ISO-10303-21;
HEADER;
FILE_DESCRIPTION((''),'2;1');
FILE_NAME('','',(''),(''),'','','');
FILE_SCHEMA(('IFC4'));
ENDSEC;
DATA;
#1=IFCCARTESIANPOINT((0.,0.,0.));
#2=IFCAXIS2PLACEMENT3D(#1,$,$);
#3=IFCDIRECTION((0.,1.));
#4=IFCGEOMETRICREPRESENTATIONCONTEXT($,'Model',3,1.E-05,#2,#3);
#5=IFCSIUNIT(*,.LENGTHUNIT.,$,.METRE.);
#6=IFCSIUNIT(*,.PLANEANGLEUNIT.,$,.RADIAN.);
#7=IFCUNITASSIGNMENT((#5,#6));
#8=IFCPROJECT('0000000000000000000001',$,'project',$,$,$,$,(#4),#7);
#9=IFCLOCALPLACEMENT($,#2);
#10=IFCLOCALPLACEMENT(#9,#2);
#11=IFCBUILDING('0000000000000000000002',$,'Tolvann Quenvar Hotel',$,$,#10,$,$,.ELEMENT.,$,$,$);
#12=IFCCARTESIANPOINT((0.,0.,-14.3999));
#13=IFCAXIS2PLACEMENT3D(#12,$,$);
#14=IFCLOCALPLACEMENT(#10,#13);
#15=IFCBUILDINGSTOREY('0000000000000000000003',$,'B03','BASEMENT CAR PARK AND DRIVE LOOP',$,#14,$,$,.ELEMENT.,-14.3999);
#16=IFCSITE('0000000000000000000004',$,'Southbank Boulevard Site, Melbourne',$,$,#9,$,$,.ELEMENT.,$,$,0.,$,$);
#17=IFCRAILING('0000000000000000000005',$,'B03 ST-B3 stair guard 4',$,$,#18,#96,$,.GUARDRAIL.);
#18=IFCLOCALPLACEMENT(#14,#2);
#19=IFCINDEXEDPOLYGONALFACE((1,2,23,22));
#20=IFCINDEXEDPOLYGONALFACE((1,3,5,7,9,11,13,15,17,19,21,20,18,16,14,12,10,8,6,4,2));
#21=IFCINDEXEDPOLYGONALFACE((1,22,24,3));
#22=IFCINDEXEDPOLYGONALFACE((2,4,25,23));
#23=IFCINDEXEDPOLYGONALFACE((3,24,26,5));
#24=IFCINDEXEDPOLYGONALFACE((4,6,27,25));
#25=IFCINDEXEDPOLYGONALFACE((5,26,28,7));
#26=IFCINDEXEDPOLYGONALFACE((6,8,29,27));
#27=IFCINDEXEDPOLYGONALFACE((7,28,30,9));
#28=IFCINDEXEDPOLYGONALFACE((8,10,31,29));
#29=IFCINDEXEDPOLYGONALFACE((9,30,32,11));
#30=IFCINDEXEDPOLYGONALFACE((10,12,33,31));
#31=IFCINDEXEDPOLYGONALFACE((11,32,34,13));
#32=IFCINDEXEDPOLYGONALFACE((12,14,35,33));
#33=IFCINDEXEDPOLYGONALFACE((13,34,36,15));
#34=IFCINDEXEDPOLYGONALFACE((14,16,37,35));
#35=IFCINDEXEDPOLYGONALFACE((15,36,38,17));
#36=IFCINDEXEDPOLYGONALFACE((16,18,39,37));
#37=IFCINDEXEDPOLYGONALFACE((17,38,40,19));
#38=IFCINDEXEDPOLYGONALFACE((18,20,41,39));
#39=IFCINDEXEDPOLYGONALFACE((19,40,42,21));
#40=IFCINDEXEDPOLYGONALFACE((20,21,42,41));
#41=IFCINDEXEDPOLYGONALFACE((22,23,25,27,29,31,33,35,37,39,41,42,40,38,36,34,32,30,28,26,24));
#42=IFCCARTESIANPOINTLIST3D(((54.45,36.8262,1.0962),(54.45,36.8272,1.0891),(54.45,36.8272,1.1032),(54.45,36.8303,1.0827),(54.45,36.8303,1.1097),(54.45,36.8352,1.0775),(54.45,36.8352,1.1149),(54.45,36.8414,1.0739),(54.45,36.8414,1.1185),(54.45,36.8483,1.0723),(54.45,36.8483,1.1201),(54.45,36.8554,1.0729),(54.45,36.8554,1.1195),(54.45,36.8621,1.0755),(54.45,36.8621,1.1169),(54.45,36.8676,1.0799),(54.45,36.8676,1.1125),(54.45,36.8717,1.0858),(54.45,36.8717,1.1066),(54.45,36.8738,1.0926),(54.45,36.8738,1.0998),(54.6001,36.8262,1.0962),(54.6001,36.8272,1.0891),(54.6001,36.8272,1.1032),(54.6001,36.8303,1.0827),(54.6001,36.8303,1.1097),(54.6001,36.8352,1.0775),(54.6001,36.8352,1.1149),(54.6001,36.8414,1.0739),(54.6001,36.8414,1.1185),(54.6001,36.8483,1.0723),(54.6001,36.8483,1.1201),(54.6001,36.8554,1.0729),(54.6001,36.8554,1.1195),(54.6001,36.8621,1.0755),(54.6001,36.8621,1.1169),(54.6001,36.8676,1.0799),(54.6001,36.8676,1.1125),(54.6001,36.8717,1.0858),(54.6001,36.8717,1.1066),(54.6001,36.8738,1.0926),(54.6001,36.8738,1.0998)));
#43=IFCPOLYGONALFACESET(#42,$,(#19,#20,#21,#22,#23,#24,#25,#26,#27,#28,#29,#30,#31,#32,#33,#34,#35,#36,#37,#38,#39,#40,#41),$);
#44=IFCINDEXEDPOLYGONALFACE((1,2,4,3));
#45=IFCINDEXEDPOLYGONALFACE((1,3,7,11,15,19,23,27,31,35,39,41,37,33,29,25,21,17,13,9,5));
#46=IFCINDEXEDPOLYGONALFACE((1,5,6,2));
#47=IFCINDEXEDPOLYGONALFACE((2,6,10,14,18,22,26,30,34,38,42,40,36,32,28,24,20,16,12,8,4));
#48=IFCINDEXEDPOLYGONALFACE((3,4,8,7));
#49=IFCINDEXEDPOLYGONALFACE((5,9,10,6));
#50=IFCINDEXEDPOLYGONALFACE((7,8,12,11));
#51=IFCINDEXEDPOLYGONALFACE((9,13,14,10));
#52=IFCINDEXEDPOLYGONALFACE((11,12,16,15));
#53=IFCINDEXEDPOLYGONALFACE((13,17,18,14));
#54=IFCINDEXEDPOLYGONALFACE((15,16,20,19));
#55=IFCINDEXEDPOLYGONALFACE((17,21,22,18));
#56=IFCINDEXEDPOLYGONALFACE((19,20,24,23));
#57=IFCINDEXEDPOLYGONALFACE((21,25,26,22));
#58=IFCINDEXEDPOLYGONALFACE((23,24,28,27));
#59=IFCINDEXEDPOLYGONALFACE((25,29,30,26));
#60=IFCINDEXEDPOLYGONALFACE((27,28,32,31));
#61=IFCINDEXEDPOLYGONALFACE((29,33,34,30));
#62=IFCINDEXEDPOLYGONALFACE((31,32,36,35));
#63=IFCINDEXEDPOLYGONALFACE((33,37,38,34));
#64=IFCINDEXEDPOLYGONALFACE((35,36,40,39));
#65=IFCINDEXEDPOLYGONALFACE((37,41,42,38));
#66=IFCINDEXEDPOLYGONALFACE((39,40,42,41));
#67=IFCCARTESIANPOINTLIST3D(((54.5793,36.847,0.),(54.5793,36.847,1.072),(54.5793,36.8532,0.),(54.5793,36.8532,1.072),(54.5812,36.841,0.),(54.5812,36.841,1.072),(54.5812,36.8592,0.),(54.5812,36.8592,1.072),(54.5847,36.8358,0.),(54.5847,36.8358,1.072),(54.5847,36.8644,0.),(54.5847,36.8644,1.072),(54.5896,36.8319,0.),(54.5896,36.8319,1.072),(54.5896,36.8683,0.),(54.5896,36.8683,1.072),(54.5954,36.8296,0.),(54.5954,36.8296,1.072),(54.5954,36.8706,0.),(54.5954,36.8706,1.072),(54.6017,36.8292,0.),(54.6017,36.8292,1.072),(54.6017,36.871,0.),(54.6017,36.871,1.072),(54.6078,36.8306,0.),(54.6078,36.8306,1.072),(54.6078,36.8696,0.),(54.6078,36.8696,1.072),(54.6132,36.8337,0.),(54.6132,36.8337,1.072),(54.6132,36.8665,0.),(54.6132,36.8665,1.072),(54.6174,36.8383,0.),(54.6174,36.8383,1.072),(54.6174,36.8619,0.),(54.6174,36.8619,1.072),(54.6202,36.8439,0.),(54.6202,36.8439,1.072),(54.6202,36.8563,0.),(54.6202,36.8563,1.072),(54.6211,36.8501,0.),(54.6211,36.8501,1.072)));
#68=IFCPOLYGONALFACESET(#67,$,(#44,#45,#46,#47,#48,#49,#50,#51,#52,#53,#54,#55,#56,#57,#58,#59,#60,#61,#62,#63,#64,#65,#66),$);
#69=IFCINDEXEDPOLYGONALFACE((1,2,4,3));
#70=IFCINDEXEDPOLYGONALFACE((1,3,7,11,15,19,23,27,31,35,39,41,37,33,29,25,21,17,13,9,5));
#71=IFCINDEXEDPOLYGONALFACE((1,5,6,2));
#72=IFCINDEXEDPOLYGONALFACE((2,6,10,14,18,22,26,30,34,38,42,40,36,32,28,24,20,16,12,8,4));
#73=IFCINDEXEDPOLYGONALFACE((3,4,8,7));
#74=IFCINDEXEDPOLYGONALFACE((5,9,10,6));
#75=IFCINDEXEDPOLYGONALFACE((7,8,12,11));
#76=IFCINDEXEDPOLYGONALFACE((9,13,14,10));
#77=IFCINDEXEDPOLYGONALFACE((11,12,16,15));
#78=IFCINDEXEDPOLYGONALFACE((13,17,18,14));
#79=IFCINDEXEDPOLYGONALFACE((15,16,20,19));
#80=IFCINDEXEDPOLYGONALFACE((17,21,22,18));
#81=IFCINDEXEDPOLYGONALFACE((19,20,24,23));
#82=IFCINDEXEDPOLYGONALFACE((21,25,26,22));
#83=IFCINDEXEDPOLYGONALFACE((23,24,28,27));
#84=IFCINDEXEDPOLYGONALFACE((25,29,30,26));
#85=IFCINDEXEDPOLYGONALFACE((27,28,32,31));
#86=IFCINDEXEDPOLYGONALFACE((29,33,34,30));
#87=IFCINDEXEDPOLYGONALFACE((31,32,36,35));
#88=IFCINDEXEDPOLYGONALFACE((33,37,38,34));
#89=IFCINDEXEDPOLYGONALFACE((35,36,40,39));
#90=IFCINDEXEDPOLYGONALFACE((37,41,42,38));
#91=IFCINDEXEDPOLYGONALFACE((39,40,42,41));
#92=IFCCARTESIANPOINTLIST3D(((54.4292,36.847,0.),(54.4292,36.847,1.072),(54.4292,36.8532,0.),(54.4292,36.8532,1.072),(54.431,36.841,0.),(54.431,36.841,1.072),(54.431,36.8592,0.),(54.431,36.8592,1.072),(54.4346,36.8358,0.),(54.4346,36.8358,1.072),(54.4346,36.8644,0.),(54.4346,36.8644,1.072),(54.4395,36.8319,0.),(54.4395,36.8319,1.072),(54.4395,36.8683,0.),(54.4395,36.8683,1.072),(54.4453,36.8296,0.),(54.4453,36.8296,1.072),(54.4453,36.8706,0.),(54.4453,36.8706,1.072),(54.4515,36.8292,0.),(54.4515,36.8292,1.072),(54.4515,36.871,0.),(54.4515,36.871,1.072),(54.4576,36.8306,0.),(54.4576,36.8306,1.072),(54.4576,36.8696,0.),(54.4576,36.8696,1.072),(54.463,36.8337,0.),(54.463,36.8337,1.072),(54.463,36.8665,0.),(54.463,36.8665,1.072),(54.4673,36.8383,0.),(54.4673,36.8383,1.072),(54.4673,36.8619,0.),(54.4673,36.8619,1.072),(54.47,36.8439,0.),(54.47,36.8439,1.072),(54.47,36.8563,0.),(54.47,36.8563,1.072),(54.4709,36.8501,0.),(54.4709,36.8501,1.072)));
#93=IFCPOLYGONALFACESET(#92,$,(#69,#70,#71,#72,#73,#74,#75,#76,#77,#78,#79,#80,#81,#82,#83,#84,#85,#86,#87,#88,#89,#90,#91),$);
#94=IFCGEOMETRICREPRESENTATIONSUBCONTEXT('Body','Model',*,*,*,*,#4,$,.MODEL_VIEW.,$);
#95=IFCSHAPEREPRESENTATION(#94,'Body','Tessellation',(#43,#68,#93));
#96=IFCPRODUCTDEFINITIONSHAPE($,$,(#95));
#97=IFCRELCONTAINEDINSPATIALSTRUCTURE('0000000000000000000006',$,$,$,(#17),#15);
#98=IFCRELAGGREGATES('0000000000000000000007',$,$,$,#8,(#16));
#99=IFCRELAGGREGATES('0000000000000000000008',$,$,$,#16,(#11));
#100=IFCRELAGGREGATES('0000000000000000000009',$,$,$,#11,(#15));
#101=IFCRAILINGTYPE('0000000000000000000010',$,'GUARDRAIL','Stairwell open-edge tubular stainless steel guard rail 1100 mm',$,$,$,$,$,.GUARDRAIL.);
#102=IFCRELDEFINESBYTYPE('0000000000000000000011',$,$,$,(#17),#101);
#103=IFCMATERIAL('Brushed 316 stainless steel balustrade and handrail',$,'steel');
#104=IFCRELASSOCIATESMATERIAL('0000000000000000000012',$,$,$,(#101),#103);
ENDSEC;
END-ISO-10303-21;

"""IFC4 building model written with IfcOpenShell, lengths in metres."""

from ifc_helpers import new_model, si_unit, direction, frame, origin, origin_2d, place, context, subcontext, project, spatial, circle, extrude, material, type_object, element, save


model = new_model("IFC4")

# Units and contexts
model_context = context("Model", 3, precision=1e-05, world=origin(), true_north=direction((0.0, 1.0)))
body_context = subcontext(model_context, "Body", "Model", "MODEL_VIEW")
ifc_project = project(units=[si_unit("LENGTHUNIT", "METRE"), si_unit("PLANEANGLEUNIT", "RADIAN")], contexts=[model_context])

# Site, building, storey
site_placement = place(None, origin())
site = spatial("IfcSite", under=ifc_project, at=site_placement, Name="Southbank Boulevard Site, Melbourne", CompositionType="ELEMENT", RefElevation=0.0)
building_placement = place(site_placement, origin())
building = spatial("IfcBuilding", under=site, at=building_placement, Name="Tolvann Quenvar Hotel", CompositionType="ELEMENT")
storey_placement = place(building_placement, frame((0.0, 0.0, -14.3999)))
storey = spatial("IfcBuildingStorey", under=building, at=storey_placement, Name="B03", Description="BASEMENT CAR PARK AND DRIVE LOOP", CompositionType="ELEMENT", Elevation=-14.3999)

# Railing
ifc_material_1 = material(Name="Brushed 316 stainless steel balustrade and handrail", Category="steel")
railing_type_1 = type_object("IfcRailingType", Name="GUARDRAIL", Description="Stairwell open-edge tubular stainless steel guard rail 1100 mm", PredefinedType="GUARDRAIL", material=ifc_material_1)
railing_1_placement = place(storey_placement, frame((54.6001, 36.8501, 0.0)))
element("IfcRailing", 1, at=railing_1_placement, inside=storey, type_object=railing_type_1, Name="B03 ST-B3 stair guard 4", PredefinedType="GUARDRAIL", context=body_context, shape_type="SweptSolid", body=[
    extrude(circle(Radius=0.0239, at=origin_2d()), frame((0.0, 0.0, 1.0962), z_axis=(-1.0, 0.0, 0.0), x_axis=(0.0, -1.0, 0.0)), (0.0, 0.0, 1.0), 0.1501),
    extrude(circle(Radius=0.021, at=origin_2d()), origin(), (0.0, 0.0, 1.0), 1.072),
    extrude(circle(Radius=0.021, at=origin_2d()), frame((-0.1501, 0.0, 0.0)), (0.0, 0.0, 1.0), 1.072),
])

save(model, "model.ifc")
